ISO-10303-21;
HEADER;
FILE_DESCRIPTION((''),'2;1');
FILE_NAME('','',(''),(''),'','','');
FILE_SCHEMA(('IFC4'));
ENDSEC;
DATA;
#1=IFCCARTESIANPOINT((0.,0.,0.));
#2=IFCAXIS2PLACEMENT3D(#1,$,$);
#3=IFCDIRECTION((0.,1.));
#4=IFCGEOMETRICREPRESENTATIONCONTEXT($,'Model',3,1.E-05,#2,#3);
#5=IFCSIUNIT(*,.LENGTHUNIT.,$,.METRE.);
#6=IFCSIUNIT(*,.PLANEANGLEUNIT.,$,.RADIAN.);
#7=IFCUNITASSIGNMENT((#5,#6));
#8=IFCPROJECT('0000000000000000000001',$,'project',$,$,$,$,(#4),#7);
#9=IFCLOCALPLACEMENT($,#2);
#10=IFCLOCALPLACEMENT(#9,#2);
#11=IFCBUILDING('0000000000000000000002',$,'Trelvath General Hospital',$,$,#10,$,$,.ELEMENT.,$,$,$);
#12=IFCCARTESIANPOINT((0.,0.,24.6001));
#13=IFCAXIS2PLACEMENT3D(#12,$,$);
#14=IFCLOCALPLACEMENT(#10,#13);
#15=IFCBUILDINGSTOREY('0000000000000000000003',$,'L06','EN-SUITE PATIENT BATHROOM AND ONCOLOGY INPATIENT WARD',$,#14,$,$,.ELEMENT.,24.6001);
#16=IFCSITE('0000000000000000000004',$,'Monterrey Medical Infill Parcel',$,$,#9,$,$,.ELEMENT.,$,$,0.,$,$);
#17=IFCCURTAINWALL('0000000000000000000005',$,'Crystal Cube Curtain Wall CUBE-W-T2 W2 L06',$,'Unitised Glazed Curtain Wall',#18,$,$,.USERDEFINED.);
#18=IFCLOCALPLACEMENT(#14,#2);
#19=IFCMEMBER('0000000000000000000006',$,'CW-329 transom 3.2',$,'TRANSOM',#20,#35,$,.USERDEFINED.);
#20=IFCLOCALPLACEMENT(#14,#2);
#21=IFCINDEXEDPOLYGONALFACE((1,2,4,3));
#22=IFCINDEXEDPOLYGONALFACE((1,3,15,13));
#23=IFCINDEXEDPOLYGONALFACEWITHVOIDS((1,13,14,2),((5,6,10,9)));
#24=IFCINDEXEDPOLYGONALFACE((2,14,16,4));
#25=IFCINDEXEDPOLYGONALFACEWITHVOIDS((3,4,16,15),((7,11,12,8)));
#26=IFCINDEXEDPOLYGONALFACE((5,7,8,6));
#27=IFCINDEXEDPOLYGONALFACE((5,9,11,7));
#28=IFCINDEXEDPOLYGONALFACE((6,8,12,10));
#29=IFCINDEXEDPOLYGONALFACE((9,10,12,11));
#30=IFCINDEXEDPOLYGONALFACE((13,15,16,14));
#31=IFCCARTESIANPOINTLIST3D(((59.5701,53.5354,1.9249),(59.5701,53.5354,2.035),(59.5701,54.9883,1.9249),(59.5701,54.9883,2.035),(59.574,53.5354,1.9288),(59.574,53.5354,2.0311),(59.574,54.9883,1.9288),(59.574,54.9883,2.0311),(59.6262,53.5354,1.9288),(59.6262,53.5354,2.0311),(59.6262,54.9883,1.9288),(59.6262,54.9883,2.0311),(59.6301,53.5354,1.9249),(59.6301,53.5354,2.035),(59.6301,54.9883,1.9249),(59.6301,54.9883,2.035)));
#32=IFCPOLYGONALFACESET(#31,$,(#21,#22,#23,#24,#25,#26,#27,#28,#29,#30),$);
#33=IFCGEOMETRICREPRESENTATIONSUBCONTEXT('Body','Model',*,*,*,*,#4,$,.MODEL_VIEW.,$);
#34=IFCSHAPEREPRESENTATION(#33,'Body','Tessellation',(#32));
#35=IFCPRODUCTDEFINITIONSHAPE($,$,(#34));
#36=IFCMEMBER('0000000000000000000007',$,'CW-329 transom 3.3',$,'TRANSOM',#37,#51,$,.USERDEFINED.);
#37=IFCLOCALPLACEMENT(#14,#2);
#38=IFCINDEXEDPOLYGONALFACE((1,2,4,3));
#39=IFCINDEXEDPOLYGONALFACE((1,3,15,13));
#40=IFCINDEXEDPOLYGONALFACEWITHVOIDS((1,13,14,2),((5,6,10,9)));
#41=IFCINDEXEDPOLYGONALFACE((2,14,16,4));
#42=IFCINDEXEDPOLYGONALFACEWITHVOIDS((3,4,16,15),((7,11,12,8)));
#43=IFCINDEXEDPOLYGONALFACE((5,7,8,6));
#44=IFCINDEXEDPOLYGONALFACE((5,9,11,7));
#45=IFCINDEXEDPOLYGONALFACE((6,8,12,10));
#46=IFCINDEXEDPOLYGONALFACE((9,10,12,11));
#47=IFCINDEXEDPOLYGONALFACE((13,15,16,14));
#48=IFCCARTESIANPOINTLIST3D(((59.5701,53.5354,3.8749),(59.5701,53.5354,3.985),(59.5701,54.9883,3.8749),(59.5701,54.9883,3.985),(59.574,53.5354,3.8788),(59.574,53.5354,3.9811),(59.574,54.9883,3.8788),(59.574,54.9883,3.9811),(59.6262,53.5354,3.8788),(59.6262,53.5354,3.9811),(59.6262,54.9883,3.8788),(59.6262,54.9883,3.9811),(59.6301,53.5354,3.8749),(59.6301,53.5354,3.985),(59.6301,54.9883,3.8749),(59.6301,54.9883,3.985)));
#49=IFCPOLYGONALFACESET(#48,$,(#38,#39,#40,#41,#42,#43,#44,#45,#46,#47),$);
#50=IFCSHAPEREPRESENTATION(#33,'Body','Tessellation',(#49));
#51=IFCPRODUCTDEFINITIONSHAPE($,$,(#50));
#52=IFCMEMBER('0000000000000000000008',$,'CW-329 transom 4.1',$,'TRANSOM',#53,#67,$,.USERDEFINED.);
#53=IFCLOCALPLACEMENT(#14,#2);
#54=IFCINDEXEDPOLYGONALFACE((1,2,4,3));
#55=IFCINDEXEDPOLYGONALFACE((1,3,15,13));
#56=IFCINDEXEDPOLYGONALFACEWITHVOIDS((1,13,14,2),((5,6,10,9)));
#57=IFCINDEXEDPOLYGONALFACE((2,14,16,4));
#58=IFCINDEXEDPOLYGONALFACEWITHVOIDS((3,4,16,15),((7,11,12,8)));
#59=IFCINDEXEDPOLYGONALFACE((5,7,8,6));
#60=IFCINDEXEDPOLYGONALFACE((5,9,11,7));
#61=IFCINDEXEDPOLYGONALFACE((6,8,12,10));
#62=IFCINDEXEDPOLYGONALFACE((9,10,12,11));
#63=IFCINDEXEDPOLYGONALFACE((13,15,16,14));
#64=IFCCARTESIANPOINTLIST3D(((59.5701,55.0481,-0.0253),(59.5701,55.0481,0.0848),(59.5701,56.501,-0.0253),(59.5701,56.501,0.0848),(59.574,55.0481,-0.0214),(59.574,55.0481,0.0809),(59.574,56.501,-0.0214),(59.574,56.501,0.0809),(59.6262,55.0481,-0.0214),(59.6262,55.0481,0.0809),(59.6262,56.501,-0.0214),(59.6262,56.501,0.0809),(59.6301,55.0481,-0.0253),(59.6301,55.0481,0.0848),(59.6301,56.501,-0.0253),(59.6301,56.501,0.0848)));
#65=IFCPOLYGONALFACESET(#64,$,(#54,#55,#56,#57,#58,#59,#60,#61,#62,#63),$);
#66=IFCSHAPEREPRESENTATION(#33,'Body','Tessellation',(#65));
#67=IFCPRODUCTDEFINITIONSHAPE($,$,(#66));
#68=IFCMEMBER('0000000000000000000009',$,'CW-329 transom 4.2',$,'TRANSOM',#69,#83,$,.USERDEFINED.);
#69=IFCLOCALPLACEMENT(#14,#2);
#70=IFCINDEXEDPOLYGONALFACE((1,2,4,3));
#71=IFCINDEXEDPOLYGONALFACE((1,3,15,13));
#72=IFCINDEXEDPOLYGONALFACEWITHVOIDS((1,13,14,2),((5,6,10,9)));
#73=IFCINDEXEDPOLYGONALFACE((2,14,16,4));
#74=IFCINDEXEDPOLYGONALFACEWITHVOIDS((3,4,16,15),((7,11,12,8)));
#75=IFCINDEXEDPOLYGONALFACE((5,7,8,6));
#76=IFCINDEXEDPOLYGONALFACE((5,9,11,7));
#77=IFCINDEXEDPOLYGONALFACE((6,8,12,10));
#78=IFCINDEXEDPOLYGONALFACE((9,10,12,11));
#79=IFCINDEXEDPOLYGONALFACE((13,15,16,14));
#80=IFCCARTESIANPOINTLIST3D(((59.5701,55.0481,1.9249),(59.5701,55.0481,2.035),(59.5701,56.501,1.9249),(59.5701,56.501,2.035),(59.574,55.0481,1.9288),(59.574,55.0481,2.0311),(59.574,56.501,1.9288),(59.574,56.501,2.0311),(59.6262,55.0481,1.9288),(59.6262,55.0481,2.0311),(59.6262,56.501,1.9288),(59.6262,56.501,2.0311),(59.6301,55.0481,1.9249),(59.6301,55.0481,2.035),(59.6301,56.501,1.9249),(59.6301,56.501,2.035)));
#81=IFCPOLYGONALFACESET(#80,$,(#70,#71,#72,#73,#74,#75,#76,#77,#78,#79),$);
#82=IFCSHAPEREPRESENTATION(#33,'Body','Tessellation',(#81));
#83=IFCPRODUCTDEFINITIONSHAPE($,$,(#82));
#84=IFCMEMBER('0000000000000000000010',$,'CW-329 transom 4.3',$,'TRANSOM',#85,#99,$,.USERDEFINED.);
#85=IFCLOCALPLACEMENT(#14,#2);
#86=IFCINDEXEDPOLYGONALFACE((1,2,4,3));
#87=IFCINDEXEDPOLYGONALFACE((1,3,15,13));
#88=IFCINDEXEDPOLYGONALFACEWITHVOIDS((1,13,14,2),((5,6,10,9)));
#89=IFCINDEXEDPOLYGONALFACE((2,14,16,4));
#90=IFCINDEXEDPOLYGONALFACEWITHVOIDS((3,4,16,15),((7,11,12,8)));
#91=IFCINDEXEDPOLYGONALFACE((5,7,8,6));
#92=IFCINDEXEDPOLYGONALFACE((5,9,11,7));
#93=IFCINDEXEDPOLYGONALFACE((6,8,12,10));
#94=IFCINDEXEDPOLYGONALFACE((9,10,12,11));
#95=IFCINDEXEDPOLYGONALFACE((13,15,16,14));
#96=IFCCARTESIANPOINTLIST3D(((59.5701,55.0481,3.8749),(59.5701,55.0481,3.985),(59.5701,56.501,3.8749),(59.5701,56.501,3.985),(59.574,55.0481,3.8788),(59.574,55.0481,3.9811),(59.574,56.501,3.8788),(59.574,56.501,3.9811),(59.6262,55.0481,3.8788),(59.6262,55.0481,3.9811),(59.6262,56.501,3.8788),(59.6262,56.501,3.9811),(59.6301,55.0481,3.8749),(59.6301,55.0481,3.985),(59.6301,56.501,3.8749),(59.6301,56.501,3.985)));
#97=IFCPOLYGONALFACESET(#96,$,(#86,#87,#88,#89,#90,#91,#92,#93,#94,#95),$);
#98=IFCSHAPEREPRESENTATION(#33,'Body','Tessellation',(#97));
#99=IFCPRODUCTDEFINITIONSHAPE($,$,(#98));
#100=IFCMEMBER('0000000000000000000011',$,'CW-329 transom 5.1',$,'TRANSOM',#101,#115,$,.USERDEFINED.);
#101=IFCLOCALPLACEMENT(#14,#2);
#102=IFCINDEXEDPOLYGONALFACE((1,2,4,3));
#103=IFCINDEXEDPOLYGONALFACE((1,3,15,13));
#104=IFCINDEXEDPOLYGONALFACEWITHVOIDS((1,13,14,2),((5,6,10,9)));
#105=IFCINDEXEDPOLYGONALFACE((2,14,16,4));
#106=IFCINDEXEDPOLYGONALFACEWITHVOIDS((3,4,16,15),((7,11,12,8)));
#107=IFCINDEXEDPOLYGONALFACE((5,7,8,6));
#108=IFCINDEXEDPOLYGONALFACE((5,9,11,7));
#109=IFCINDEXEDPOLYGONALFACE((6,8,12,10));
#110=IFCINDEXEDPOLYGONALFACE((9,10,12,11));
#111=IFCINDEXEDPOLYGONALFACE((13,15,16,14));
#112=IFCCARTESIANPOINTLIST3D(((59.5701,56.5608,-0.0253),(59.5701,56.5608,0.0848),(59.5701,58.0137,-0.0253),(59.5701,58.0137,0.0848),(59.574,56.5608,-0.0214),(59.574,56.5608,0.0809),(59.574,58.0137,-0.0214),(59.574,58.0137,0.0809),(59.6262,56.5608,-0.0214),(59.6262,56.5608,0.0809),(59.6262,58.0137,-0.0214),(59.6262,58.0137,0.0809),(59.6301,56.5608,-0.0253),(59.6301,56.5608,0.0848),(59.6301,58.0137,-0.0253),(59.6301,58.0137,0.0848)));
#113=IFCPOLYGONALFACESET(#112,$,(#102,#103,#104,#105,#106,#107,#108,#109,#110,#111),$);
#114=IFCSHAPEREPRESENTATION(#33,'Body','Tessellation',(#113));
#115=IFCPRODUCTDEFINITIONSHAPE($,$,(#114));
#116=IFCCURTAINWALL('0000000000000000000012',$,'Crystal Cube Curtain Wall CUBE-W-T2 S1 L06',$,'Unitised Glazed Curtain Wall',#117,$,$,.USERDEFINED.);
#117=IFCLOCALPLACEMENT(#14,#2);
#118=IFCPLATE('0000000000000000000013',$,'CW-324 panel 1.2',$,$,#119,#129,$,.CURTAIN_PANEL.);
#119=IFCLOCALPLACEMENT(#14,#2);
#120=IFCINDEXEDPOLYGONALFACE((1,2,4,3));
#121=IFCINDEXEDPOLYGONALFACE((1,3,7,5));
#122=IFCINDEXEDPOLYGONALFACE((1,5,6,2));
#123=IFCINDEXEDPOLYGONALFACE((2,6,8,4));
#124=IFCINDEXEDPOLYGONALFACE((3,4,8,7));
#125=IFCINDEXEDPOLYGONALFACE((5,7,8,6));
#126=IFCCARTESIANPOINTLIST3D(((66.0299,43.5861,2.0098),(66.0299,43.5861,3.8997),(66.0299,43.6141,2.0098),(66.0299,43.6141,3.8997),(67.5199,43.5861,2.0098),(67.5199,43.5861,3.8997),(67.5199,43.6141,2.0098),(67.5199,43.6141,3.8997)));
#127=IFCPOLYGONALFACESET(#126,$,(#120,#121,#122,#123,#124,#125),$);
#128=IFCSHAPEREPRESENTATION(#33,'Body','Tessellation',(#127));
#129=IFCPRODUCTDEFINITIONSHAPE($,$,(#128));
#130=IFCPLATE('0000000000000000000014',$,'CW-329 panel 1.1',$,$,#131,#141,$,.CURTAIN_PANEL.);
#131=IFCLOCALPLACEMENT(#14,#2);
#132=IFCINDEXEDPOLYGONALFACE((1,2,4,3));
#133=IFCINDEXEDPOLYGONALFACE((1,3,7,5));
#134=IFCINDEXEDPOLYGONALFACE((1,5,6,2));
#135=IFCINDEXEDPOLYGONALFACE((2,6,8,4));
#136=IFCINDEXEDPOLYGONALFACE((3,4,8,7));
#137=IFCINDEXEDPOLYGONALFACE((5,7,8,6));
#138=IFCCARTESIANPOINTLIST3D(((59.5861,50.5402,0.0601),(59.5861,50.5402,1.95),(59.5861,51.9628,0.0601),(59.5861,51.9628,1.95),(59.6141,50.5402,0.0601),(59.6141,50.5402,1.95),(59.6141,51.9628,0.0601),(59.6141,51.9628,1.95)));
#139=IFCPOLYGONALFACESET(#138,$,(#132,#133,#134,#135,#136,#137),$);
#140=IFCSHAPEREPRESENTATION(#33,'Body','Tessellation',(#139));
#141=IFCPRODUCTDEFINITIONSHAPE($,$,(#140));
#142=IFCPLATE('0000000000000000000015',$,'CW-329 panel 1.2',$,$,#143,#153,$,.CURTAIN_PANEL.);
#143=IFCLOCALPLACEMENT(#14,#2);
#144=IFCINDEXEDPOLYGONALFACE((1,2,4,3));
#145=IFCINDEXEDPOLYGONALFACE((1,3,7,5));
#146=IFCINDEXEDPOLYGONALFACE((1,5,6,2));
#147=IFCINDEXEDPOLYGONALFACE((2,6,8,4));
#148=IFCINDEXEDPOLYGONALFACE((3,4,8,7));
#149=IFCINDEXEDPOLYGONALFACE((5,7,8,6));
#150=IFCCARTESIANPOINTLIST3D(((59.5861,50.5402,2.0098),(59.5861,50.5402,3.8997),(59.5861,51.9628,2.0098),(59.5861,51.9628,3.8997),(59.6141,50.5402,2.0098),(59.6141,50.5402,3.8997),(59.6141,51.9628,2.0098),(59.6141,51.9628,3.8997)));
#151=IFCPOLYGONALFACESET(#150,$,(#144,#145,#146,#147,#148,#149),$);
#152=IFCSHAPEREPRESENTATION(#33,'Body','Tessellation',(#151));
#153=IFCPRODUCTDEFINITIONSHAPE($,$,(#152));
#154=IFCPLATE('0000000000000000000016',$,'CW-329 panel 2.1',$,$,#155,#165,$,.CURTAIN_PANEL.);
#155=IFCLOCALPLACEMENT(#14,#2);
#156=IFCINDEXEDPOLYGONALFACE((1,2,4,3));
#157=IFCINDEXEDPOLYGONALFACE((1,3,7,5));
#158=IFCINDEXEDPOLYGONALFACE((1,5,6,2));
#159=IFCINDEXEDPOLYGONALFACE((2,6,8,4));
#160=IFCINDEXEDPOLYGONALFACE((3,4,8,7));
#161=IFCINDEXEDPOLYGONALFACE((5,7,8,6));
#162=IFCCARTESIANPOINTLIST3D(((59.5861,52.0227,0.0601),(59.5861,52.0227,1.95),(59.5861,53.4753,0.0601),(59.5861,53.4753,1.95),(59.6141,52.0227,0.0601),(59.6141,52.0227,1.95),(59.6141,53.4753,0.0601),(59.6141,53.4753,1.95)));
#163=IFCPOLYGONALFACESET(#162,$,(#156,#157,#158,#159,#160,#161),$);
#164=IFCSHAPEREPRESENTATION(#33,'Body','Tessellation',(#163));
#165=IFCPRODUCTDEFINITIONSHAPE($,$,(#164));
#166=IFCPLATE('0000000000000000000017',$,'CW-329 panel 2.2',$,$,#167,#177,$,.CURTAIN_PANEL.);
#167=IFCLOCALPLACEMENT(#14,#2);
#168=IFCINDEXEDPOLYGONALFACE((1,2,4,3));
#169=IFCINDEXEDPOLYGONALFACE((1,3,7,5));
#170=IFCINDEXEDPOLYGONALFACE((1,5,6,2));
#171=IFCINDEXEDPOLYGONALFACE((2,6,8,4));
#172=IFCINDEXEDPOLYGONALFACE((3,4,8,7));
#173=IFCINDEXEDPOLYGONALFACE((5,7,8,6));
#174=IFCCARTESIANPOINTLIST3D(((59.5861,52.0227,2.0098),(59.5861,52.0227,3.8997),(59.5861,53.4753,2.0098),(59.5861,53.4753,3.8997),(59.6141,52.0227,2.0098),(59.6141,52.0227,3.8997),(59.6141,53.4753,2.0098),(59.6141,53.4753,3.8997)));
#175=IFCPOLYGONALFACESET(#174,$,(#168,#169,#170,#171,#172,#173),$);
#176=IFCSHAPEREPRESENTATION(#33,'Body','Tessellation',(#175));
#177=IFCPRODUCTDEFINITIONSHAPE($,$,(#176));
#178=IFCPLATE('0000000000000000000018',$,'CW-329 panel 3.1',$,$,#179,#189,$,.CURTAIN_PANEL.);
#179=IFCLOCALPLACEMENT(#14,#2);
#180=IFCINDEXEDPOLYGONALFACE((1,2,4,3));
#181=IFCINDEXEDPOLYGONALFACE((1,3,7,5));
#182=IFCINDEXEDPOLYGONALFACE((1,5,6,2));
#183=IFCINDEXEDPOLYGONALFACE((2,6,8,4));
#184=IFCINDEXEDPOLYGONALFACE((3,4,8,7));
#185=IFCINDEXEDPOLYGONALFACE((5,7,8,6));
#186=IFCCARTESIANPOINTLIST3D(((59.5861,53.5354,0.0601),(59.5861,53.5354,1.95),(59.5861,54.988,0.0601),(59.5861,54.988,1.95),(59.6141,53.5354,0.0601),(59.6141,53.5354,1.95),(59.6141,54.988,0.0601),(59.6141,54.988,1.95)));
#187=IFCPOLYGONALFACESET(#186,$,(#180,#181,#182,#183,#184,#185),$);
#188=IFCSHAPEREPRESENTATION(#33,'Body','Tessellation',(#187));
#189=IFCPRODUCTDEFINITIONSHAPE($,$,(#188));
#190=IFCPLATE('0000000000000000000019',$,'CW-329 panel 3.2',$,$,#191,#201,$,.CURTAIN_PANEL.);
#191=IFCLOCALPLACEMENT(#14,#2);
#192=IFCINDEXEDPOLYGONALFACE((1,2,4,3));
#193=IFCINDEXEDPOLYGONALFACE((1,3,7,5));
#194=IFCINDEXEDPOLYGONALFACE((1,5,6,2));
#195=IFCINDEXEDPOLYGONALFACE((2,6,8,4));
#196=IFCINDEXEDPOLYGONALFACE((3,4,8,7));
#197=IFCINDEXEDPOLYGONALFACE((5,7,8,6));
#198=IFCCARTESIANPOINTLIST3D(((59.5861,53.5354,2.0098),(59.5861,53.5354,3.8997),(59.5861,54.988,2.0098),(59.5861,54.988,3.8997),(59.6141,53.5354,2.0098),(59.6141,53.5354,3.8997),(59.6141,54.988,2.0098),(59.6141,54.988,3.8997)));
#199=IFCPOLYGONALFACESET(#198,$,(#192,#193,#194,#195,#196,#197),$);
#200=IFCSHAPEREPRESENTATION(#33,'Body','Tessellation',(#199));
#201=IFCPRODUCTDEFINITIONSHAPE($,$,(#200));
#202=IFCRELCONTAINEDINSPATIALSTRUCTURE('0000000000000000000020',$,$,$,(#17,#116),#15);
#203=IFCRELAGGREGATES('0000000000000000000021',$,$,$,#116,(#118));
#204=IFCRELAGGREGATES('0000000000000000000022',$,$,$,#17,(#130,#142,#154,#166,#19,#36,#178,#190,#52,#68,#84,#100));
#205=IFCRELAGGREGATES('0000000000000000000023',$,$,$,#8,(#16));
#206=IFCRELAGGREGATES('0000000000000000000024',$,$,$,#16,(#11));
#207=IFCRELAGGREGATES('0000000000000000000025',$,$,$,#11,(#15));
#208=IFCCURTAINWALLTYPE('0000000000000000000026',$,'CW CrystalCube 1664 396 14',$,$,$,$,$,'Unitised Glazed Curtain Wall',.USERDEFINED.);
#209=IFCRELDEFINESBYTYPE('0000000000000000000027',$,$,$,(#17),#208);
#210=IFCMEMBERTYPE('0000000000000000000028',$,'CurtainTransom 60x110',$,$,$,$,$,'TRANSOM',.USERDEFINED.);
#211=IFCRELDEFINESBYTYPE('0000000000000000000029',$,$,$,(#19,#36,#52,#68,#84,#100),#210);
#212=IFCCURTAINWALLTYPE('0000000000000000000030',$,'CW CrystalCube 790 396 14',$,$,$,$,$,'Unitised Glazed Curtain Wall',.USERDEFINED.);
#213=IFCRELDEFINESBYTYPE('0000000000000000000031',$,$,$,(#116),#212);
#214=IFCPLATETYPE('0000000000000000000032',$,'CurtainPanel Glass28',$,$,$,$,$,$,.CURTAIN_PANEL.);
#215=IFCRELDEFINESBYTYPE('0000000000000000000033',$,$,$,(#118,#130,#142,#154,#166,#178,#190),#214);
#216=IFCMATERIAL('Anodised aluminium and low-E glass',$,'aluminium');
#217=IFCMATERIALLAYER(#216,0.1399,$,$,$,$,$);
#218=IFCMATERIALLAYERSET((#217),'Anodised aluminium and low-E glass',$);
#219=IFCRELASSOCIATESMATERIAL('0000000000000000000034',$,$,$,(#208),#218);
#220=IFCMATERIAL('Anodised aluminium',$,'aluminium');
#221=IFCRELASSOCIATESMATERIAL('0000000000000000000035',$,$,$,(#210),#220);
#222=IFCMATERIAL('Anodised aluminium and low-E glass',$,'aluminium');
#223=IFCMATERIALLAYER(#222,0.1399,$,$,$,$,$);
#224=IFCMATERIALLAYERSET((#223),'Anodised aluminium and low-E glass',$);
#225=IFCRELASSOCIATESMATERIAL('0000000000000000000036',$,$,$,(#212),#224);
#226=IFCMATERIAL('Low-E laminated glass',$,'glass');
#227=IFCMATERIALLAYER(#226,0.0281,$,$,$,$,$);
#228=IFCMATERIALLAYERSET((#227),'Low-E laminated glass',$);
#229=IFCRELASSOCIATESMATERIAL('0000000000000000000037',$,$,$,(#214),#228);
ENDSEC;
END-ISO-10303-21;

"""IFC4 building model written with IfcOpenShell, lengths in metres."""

from ifc_helpers import new_model, si_unit, direction, frame, origin, origin_2d, place, context, subcontext, project, spatial, rectangle, hollow_rectangle, extrude, material, layer, layer_set, material_profile, profile_set, type_object, element, aggregate, save


model = new_model("IFC4")

# Units and contexts
model_context = context("Model", 3, precision=1e-05, world=origin(), true_north=direction((0.0, 1.0)))
body_context = subcontext(model_context, "Body", "Model", "MODEL_VIEW")
ifc_project = project(units=[si_unit("LENGTHUNIT", "METRE"), si_unit("PLANEANGLEUNIT", "RADIAN")], contexts=[model_context])

# Site, building, storey
site_placement = place(None, origin())
site = spatial("IfcSite", under=ifc_project, at=site_placement, Name="Monterrey Medical Infill Parcel", CompositionType="ELEMENT", RefElevation=0.0)
building_placement = place(site_placement, origin())
building = spatial("IfcBuilding", under=site, at=building_placement, Name="Trelvath General Hospital", CompositionType="ELEMENT")
storey_placement = place(building_placement, frame((0.0, 0.0, 24.6001)))
storey = spatial("IfcBuildingStorey", under=building, at=storey_placement, Name="L06", Description="EN-SUITE PATIENT BATHROOM AND ONCOLOGY INPATIENT WARD", CompositionType="ELEMENT", Elevation=24.6001)

# Curtain wall, members
ifc_material_1 = material(Name="Anodised aluminium and low-E glass", Category="aluminium")
ifc_layer_1 = layer(ifc_material_1, 0.1399)
ifc_layer_set_1 = layer_set([ifc_layer_1], Name="Anodised aluminium and low-E glass")
curtain_wall_type_1 = type_object("IfcCurtainWallType", Name="CW CrystalCube 1664 396 14", ElementType="Unitised Glazed Curtain Wall", PredefinedType="USERDEFINED", material=ifc_layer_set_1)
curtain_wall_1_placement = place(storey_placement, origin())
curtain_wall_1 = element("IfcCurtainWall", 1, at=curtain_wall_1_placement, inside=storey, type_object=curtain_wall_type_1, Name="Crystal Cube Curtain Wall CUBE-W-T2 W2 L06", ObjectType="Unitised Glazed Curtain Wall", PredefinedType="USERDEFINED")
ifc_material_2 = material(Name="Anodised aluminium", Category="aluminium")
ifc_material_profile_1 = material_profile(ifc_material_2, hollow_rectangle(XDim=0.0601, YDim=0.1101, WallThickness=0.0039, at=origin_2d()), Name="RHS60x110x4")
ifc_profile_set_1 = profile_set([ifc_material_profile_1], Name="Anodised aluminium")
member_type_1 = type_object("IfcMemberType", Name="CurtainTransom 60x110", ElementType="TRANSOM", PredefinedType="USERDEFINED", material=ifc_profile_set_1)
member_1_placement = place(storey_placement, frame((59.6001, 53.5354, 1.98), z_axis=(0.0, 1.0, 0.0), x_axis=(-1.0, 0.0, 0.0)))
member_1 = element("IfcMember", 2, at=member_1_placement, type_object=member_type_1, Name="CW-329 transom 3.2", ObjectType="TRANSOM", PredefinedType="USERDEFINED", context=body_context, shape_type="SweptSolid", body=[
    extrude(hollow_rectangle(XDim=0.0601, YDim=0.1101, WallThickness=0.0039, at=origin_2d()), origin(), (0.0, 0.0, 1.0), 1.4529),
])
member_2_placement = place(storey_placement, frame((59.6001, 53.5354, 3.9299), z_axis=(0.0, 1.0, 0.0), x_axis=(-1.0, 0.0, 0.0)))
member_2 = element("IfcMember", 3, at=member_2_placement, type_object=member_type_1, Name="CW-329 transom 3.3", ObjectType="TRANSOM", PredefinedType="USERDEFINED", context=body_context, shape_type="SweptSolid", body=[
    extrude(hollow_rectangle(XDim=0.0601, YDim=0.1101, WallThickness=0.0039, at=origin_2d()), origin(), (0.0, 0.0, 1.0), 1.4529),
])
member_3_placement = place(storey_placement, frame((59.6001, 55.0481, 0.0298), z_axis=(0.0, 1.0, 0.0), x_axis=(-1.0, 0.0, 0.0)))
member_3 = element("IfcMember", 4, at=member_3_placement, type_object=member_type_1, Name="CW-329 transom 4.1", ObjectType="TRANSOM", PredefinedType="USERDEFINED", context=body_context, shape_type="SweptSolid", body=[
    extrude(hollow_rectangle(XDim=0.0601, YDim=0.1101, WallThickness=0.0039, at=origin_2d()), origin(), (0.0, 0.0, 1.0), 1.4529),
])
member_4_placement = place(storey_placement, frame((59.6001, 55.0481, 1.98), z_axis=(0.0, 1.0, 0.0), x_axis=(-1.0, 0.0, 0.0)))
member_4 = element("IfcMember", 5, at=member_4_placement, type_object=member_type_1, Name="CW-329 transom 4.2", ObjectType="TRANSOM", PredefinedType="USERDEFINED", context=body_context, shape_type="SweptSolid", body=[
    extrude(hollow_rectangle(XDim=0.0601, YDim=0.1101, WallThickness=0.0039, at=origin_2d()), origin(), (0.0, 0.0, 1.0), 1.4529),
])
member_5_placement = place(storey_placement, frame((59.6001, 55.0481, 3.9299), z_axis=(0.0, 1.0, 0.0), x_axis=(-1.0, 0.0, 0.0)))
member_5 = element("IfcMember", 6, at=member_5_placement, type_object=member_type_1, Name="CW-329 transom 4.3", ObjectType="TRANSOM", PredefinedType="USERDEFINED", context=body_context, shape_type="SweptSolid", body=[
    extrude(hollow_rectangle(XDim=0.0601, YDim=0.1101, WallThickness=0.0039, at=origin_2d()), origin(), (0.0, 0.0, 1.0), 1.4529),
])
member_6_placement = place(storey_placement, frame((59.6001, 56.5608, 0.0298), z_axis=(0.0, 1.0, 0.0), x_axis=(-1.0, 0.0, 0.0)))
member_6 = element("IfcMember", 7, at=member_6_placement, type_object=member_type_1, Name="CW-329 transom 5.1", ObjectType="TRANSOM", PredefinedType="USERDEFINED", context=body_context, shape_type="SweptSolid", body=[
    extrude(hollow_rectangle(XDim=0.0601, YDim=0.1101, WallThickness=0.0039, at=origin_2d()), origin(), (0.0, 0.0, 1.0), 1.4529),
])

# Curtain wall, plate
ifc_material_3 = material(Name="Anodised aluminium and low-E glass", Category="aluminium")
ifc_layer_2 = layer(ifc_material_3, 0.1399)
ifc_layer_set_2 = layer_set([ifc_layer_2], Name="Anodised aluminium and low-E glass")
curtain_wall_type_2 = type_object("IfcCurtainWallType", Name="CW CrystalCube 790 396 14", ElementType="Unitised Glazed Curtain Wall", PredefinedType="USERDEFINED", material=ifc_layer_set_2)
curtain_wall_2_placement = place(storey_placement, origin())
curtain_wall_2 = element("IfcCurtainWall", 8, at=curtain_wall_2_placement, inside=storey, type_object=curtain_wall_type_2, Name="Crystal Cube Curtain Wall CUBE-W-T2 S1 L06", ObjectType="Unitised Glazed Curtain Wall", PredefinedType="USERDEFINED")
ifc_material_4 = material(Name="Low-E laminated glass", Category="glass")
ifc_layer_3 = layer(ifc_material_4, 0.0281)
ifc_layer_set_3 = layer_set([ifc_layer_3], Name="Low-E laminated glass")
plate_type = type_object("IfcPlateType", Name="CurtainPanel Glass28", PredefinedType="CURTAIN_PANEL", material=ifc_layer_set_3)
plate_1_placement = place(storey_placement, frame((66.7749, 43.6001, 2.0098), z_axis=(0.0, 0.0, 1.0), x_axis=(-1.0, 0.0, 0.0)))
plate_1 = element("IfcPlate", 9, at=plate_1_placement, type_object=plate_type, Name="CW-324 panel 1.2", PredefinedType="CURTAIN_PANEL", context=body_context, shape_type="SweptSolid", body=[
    extrude(rectangle(XDim=1.49, YDim=0.0281, at=origin_2d()), origin(), (0.0, 0.0, 1.0), 1.8899),
])
aggregate(curtain_wall_2, [plate_1])

# Plates
plate_2_placement = place(storey_placement, frame((59.6001, 51.2515, 0.0601), z_axis=(0.0, 0.0, 1.0), x_axis=(0.0, 1.0, 0.0)))
plate_2 = element("IfcPlate", 10, at=plate_2_placement, type_object=plate_type, Name="CW-329 panel 1.1", PredefinedType="CURTAIN_PANEL", context=body_context, shape_type="SweptSolid", body=[
    extrude(rectangle(XDim=1.4226, YDim=0.0281, at=origin_2d()), origin(), (0.0, 0.0, 1.0), 1.8899),
])
plate_3_placement = place(storey_placement, frame((59.6001, 51.2515, 2.0098), z_axis=(0.0, 0.0, 1.0), x_axis=(0.0, 1.0, 0.0)))
plate_3 = element("IfcPlate", 11, at=plate_3_placement, type_object=plate_type, Name="CW-329 panel 1.2", PredefinedType="CURTAIN_PANEL", context=body_context, shape_type="SweptSolid", body=[
    extrude(rectangle(XDim=1.4226, YDim=0.0281, at=origin_2d()), origin(), (0.0, 0.0, 1.0), 1.8899),
])
plate_4_placement = place(storey_placement, frame((59.6001, 52.749, 0.0601), z_axis=(0.0, 0.0, 1.0), x_axis=(0.0, 1.0, 0.0)))
plate_4 = element("IfcPlate", 12, at=plate_4_placement, type_object=plate_type, Name="CW-329 panel 2.1", PredefinedType="CURTAIN_PANEL", context=body_context, shape_type="SweptSolid", body=[
    extrude(rectangle(XDim=1.4526, YDim=0.0281, at=origin_2d()), origin(), (0.0, 0.0, 1.0), 1.8899),
])
plate_5_placement = place(storey_placement, frame((59.6001, 52.749, 2.0098), z_axis=(0.0, 0.0, 1.0), x_axis=(0.0, 1.0, 0.0)))
plate_5 = element("IfcPlate", 13, at=plate_5_placement, type_object=plate_type, Name="CW-329 panel 2.2", PredefinedType="CURTAIN_PANEL", context=body_context, shape_type="SweptSolid", body=[
    extrude(rectangle(XDim=1.4526, YDim=0.0281, at=origin_2d()), origin(), (0.0, 0.0, 1.0), 1.8899),
])
plate_6_placement = place(storey_placement, frame((59.6001, 54.2617, 0.0601), z_axis=(0.0, 0.0, 1.0), x_axis=(0.0, 1.0, 0.0)))
plate_6 = element("IfcPlate", 14, at=plate_6_placement, type_object=plate_type, Name="CW-329 panel 3.1", PredefinedType="CURTAIN_PANEL", context=body_context, shape_type="SweptSolid", body=[
    extrude(rectangle(XDim=1.4526, YDim=0.0281, at=origin_2d()), origin(), (0.0, 0.0, 1.0), 1.8899),
])
plate_7_placement = place(storey_placement, frame((59.6001, 54.2617, 2.0098), z_axis=(0.0, 0.0, 1.0), x_axis=(0.0, 1.0, 0.0)))
plate_7 = element("IfcPlate", 15, at=plate_7_placement, type_object=plate_type, Name="CW-329 panel 3.2", PredefinedType="CURTAIN_PANEL", context=body_context, shape_type="SweptSolid", body=[
    extrude(rectangle(XDim=1.4526, YDim=0.0281, at=origin_2d()), origin(), (0.0, 0.0, 1.0), 1.8899),
])
aggregate(curtain_wall_1, [plate_2, plate_3, plate_4, plate_5, member_1, member_2, plate_6, plate_7, member_3, member_4, member_5, member_6])

save(model, "model.ifc")
